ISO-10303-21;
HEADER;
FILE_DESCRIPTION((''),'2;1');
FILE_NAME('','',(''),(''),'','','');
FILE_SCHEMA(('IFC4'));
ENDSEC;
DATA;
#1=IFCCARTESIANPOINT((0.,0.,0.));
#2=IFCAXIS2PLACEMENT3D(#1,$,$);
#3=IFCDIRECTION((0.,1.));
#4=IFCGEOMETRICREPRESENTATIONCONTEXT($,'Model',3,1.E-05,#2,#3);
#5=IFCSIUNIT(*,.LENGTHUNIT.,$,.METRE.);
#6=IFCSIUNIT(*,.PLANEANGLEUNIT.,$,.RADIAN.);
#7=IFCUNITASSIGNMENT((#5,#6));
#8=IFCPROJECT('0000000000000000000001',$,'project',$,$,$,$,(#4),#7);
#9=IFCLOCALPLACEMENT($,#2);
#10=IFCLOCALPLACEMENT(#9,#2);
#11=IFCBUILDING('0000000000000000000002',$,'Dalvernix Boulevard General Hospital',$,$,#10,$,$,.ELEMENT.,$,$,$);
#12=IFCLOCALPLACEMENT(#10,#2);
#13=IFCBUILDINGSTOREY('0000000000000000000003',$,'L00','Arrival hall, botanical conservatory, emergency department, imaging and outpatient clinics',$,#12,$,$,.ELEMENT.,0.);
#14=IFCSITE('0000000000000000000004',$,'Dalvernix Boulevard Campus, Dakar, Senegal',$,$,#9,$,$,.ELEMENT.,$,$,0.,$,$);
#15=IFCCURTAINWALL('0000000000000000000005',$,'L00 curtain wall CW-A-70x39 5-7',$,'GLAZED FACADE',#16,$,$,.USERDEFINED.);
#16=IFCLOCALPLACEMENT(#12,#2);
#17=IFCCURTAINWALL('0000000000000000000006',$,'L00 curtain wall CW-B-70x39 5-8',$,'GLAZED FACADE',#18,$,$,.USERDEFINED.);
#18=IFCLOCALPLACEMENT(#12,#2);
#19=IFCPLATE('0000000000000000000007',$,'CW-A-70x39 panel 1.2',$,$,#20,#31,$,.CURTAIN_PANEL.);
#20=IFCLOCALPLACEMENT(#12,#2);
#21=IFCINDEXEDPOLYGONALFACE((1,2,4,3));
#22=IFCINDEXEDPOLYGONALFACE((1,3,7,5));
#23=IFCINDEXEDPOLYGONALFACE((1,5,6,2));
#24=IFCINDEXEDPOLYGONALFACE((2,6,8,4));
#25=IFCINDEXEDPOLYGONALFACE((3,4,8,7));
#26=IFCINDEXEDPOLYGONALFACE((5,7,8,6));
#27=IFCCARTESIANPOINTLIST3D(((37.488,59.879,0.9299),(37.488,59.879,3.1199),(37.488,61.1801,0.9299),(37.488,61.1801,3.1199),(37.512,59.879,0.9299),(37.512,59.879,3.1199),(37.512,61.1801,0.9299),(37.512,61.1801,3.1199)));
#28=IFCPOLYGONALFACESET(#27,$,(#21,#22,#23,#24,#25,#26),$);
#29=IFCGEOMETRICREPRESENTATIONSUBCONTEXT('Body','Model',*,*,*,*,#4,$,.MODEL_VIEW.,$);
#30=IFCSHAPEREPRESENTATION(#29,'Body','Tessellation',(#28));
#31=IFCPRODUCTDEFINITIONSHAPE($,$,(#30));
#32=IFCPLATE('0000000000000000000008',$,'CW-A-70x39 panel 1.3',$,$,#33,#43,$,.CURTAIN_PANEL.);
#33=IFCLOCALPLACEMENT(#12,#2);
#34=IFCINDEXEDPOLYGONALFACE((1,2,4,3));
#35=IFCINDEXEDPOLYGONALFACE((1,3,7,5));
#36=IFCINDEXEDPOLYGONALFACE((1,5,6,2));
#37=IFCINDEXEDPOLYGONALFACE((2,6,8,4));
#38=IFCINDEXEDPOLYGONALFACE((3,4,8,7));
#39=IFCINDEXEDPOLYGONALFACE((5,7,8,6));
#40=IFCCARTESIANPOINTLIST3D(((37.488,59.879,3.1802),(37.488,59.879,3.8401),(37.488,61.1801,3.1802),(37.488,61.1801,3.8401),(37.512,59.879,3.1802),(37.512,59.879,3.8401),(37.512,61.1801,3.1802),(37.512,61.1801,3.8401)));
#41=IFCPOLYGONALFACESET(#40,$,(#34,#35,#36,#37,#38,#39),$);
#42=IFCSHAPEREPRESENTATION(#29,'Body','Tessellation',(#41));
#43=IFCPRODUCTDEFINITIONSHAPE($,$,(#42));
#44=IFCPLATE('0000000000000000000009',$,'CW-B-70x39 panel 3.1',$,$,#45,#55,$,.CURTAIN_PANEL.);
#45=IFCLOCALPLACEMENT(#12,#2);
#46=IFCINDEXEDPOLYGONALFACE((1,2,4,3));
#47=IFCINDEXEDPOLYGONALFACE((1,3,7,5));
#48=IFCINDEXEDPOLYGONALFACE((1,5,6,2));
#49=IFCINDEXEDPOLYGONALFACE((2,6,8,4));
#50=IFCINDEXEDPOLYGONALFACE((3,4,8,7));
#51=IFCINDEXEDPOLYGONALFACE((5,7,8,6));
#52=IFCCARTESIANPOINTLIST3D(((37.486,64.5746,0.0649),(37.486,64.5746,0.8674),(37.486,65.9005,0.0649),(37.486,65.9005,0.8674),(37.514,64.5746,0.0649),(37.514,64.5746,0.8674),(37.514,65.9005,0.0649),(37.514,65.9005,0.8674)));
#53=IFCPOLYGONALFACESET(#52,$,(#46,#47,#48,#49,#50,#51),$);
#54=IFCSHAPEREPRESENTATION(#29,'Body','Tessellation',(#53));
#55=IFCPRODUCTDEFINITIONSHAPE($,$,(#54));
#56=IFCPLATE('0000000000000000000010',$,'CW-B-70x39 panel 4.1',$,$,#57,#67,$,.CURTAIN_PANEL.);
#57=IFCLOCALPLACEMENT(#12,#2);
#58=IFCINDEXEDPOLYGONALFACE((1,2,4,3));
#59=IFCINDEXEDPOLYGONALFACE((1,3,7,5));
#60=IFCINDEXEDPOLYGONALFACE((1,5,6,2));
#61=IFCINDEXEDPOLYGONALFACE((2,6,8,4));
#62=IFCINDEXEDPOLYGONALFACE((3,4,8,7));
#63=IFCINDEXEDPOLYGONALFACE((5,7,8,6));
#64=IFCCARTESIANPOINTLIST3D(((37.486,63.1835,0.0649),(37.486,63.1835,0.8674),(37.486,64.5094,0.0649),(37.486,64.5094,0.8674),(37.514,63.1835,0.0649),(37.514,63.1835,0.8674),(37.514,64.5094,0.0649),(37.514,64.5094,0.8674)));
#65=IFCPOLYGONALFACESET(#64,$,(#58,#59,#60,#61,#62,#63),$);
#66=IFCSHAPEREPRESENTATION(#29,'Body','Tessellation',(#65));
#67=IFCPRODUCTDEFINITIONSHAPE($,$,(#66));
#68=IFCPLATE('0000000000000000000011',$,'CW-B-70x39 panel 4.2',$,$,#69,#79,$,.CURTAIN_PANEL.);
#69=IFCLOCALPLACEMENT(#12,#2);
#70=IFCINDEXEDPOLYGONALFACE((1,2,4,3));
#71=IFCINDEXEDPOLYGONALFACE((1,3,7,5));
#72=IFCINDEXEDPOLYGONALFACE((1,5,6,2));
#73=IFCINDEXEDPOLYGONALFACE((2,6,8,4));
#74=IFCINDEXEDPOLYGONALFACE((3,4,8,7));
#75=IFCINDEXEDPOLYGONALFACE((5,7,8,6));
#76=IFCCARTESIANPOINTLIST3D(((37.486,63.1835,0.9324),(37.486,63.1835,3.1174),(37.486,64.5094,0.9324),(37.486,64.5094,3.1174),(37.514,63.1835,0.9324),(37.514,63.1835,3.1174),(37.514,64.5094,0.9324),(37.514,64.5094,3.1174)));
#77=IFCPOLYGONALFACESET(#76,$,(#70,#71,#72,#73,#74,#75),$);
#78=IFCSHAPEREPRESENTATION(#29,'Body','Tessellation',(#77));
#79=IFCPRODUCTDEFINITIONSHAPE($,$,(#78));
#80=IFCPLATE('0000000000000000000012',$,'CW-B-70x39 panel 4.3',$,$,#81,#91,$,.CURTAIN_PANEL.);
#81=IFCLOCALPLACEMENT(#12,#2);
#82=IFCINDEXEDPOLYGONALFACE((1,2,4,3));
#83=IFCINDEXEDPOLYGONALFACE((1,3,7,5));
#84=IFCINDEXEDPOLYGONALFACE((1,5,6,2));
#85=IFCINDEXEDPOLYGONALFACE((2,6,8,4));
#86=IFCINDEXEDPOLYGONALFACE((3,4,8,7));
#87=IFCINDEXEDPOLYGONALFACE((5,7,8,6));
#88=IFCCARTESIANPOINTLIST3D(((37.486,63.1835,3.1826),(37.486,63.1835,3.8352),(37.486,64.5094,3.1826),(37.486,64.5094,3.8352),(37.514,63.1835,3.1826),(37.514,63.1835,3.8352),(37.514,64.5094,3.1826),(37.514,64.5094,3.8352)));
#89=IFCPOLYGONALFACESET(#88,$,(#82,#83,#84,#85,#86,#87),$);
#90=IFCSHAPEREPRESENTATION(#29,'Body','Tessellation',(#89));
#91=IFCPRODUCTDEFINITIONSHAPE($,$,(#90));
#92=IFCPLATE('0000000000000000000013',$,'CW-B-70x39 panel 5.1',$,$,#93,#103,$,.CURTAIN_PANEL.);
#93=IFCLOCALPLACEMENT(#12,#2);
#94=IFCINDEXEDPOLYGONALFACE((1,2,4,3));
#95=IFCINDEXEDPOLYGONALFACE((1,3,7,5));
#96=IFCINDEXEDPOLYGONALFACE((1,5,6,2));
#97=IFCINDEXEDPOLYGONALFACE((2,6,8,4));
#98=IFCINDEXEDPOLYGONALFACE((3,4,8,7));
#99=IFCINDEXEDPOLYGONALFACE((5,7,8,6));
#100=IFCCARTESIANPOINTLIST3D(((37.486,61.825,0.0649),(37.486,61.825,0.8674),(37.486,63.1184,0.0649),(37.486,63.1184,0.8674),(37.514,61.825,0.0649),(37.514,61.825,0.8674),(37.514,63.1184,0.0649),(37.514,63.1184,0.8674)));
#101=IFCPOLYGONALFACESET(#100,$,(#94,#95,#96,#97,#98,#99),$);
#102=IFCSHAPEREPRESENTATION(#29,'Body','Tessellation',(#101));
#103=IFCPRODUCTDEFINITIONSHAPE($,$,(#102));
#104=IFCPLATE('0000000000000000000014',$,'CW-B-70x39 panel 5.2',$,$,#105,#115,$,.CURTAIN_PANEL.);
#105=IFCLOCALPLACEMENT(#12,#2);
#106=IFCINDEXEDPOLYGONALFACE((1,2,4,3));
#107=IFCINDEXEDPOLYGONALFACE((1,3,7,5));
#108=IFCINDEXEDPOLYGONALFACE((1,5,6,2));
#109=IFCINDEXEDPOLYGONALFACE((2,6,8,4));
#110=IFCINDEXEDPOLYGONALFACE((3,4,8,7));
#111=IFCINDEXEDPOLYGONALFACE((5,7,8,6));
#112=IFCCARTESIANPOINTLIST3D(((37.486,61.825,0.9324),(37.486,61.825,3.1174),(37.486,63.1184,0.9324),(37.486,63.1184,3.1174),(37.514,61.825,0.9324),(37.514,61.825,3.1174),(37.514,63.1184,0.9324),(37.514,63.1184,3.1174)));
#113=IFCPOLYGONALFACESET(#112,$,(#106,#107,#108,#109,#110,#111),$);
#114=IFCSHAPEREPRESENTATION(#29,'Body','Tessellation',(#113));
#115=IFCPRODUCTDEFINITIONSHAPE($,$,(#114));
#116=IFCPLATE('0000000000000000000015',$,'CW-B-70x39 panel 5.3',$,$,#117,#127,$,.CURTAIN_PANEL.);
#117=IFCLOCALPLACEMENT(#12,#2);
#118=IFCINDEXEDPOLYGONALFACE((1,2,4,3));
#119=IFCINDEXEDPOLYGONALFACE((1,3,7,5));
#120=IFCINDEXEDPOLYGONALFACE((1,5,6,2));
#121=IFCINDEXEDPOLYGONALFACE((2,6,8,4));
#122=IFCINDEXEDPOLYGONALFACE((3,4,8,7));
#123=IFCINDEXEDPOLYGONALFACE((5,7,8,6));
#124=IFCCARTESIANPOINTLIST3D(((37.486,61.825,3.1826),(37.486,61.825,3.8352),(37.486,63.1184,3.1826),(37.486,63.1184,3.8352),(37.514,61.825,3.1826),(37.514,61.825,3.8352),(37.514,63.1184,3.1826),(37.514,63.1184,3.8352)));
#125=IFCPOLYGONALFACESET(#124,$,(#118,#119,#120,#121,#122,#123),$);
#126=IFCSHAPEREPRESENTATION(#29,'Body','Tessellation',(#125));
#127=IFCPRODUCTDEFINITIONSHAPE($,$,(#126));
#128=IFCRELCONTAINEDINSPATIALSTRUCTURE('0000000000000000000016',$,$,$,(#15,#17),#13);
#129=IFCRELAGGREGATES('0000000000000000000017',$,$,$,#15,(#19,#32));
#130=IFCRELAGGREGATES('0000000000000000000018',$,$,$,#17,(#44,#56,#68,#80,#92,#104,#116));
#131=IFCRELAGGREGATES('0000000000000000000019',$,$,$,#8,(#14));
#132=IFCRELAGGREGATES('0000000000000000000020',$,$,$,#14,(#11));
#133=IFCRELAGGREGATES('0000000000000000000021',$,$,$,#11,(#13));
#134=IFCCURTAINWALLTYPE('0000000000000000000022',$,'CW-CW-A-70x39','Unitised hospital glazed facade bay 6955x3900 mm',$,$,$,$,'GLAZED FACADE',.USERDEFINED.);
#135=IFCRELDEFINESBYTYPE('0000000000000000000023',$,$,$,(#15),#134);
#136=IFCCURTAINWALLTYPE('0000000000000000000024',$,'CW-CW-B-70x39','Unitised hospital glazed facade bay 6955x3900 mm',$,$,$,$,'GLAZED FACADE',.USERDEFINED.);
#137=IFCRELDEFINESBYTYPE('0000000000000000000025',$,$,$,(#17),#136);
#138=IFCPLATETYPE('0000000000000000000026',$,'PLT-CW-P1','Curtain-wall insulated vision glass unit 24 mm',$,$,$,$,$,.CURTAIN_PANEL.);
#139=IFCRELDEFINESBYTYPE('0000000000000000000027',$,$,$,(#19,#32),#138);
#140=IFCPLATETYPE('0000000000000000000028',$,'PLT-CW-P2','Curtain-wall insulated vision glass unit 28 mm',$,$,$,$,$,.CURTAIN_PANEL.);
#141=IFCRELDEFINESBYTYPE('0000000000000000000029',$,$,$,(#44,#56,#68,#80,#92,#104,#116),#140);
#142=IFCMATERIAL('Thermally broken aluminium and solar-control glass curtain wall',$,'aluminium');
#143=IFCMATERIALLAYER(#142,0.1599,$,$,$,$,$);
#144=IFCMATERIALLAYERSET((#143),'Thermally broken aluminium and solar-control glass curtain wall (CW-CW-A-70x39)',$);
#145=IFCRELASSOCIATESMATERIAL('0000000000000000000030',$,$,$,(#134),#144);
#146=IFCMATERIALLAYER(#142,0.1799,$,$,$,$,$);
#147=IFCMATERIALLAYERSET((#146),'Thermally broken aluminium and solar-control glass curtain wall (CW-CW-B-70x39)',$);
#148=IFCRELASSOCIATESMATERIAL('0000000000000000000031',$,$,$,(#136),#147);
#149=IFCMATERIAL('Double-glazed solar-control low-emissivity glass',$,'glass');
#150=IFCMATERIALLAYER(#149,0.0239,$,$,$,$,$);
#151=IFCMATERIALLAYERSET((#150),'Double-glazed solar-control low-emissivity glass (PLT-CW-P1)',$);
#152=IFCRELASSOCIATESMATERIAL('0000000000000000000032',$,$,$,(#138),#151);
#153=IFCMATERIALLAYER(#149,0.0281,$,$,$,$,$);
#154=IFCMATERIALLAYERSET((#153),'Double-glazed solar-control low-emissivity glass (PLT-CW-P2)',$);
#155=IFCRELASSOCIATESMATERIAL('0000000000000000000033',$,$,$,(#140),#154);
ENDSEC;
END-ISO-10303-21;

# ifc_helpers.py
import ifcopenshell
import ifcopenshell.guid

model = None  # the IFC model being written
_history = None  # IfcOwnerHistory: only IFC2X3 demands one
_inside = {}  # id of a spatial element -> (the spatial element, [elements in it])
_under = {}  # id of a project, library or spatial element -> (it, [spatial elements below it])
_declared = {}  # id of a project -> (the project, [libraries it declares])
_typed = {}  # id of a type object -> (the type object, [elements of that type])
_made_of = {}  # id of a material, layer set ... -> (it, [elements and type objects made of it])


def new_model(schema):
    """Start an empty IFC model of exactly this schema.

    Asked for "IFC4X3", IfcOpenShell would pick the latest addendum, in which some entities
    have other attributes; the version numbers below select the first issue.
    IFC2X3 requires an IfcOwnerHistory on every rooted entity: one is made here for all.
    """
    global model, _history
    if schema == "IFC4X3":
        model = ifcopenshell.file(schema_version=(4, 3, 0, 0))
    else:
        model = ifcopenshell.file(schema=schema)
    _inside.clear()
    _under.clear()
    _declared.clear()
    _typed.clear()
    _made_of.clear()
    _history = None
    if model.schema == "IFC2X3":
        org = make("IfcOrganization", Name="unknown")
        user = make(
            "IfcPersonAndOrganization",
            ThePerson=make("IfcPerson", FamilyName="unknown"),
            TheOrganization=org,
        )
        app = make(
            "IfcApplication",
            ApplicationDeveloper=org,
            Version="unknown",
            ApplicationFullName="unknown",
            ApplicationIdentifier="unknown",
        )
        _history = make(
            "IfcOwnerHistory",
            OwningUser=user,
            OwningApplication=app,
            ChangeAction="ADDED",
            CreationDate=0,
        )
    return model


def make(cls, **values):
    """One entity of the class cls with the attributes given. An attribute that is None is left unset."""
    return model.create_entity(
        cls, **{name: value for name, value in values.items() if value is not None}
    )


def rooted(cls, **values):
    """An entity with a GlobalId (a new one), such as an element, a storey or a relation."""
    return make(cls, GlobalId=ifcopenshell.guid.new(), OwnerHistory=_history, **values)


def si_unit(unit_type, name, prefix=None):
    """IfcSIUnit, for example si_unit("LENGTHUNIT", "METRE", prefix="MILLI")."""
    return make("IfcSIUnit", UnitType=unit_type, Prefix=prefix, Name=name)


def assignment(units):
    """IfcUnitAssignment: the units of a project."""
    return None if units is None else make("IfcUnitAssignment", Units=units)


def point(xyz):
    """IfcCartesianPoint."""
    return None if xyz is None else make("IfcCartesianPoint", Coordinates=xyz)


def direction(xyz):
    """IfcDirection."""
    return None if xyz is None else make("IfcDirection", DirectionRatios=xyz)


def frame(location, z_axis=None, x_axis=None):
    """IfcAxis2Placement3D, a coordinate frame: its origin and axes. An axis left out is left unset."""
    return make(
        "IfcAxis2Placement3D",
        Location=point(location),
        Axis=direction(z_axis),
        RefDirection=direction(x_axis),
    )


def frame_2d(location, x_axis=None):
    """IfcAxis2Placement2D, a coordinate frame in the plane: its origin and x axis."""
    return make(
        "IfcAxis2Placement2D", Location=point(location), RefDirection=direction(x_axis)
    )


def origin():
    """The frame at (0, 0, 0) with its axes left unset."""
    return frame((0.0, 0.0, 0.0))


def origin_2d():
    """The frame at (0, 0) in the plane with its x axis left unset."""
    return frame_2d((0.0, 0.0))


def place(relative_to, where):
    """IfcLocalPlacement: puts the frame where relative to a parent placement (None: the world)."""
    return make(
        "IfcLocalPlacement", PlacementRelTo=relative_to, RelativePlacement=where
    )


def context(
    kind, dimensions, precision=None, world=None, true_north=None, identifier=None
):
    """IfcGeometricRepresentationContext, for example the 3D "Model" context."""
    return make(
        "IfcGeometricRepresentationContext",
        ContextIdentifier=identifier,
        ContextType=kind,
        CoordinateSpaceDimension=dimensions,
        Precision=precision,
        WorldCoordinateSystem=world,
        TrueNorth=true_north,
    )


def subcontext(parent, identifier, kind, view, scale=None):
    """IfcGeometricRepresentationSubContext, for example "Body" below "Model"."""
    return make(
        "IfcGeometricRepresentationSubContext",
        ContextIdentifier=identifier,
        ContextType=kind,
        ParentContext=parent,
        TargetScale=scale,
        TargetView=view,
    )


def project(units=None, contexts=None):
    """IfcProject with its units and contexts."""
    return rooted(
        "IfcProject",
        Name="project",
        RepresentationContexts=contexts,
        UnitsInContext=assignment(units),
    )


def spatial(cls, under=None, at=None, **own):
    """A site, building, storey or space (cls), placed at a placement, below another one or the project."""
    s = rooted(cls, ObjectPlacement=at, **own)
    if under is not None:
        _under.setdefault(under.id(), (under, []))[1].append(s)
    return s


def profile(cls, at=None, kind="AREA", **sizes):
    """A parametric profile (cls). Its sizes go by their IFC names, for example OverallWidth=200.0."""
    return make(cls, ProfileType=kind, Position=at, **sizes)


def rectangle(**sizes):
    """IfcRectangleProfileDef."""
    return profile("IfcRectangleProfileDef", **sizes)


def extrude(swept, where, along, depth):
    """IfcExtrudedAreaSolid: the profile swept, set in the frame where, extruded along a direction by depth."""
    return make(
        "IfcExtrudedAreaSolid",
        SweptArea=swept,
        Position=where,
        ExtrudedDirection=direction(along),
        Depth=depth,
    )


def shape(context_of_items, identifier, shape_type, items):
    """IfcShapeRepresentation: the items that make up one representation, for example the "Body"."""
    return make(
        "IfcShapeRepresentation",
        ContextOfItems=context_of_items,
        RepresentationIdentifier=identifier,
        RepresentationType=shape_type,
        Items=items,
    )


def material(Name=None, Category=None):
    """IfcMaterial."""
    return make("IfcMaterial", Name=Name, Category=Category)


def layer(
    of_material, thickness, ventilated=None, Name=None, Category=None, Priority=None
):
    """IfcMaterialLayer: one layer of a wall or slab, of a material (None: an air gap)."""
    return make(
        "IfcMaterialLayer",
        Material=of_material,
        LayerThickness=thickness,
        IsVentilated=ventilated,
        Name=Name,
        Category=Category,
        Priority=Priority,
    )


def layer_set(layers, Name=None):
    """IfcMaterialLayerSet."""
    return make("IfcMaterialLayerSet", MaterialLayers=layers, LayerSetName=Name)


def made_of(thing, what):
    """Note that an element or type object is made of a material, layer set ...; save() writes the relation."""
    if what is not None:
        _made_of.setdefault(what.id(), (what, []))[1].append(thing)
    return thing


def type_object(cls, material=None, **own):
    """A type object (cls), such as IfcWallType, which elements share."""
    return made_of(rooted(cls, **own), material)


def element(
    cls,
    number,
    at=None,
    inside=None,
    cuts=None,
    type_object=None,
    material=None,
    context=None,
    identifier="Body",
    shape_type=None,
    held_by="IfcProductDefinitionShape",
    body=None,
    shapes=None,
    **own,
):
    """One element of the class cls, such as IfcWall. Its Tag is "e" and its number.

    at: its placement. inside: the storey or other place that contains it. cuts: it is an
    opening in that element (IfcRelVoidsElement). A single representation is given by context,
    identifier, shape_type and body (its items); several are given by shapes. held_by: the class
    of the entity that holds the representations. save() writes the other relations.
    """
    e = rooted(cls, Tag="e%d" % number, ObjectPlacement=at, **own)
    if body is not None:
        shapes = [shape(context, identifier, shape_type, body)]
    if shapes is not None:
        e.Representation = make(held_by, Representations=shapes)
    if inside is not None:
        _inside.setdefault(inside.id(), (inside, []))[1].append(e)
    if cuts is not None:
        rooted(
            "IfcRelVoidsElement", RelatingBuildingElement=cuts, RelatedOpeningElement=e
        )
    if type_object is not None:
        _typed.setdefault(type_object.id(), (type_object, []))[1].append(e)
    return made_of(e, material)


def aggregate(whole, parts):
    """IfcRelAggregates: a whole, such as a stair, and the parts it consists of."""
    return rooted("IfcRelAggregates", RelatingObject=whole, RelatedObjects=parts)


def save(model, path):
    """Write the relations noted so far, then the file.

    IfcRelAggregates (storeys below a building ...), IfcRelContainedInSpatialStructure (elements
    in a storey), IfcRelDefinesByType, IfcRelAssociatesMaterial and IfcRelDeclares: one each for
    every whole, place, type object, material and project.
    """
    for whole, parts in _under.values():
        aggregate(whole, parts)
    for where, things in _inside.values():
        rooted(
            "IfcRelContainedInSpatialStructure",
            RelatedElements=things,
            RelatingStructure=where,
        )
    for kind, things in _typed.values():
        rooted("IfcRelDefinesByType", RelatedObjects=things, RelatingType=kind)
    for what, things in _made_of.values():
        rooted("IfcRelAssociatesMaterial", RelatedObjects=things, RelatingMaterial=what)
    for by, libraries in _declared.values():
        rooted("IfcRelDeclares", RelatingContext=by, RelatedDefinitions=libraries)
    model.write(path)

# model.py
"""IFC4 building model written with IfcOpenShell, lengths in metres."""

from ifc_helpers import new_model, si_unit, direction, frame, origin, origin_2d, place, context, subcontext, project, spatial, rectangle, extrude, material, layer, layer_set, type_object, element, aggregate, save


model = new_model("IFC4")

# Units and contexts
model_context = context("Model", 3, precision=1e-05, world=origin(), true_north=direction((0.0, 1.0)))
body_context = subcontext(model_context, "Body", "Model", "MODEL_VIEW")
ifc_project = project(units=[si_unit("LENGTHUNIT", "METRE"), si_unit("PLANEANGLEUNIT", "RADIAN")], contexts=[model_context])

# Site, building, storey
site_placement = place(None, origin())
site = spatial("IfcSite", under=ifc_project, at=site_placement, Name="Dalvernix Boulevard Campus, Dakar, Senegal", CompositionType="ELEMENT", RefElevation=0.0)
building_placement = place(site_placement, origin())
building = spatial("IfcBuilding", under=site, at=building_placement, Name="Dalvernix Boulevard General Hospital", CompositionType="ELEMENT")
storey_placement = place(building_placement, origin())
storey = spatial("IfcBuildingStorey", under=building, at=storey_placement, Name="L00", Description="Arrival hall, botanical conservatory, emergency department, imaging and outpatient clinics", CompositionType="ELEMENT", Elevation=0.0)

# Curtain walls
ifc_material_1 = material(Name="Thermally broken aluminium and solar-control glass curtain wall", Category="aluminium")
ifc_layer_1 = layer(ifc_material_1, 0.1599)
ifc_layer_set_1 = layer_set([ifc_layer_1], Name="Thermally broken aluminium and solar-control glass curtain wall (CW-CW-A-70x39)")
curtain_wall_type_1 = type_object("IfcCurtainWallType", Name="CW-CW-A-70x39", Description="Unitised hospital glazed facade bay 6955x3900 mm", ElementType="GLAZED FACADE", PredefinedType="USERDEFINED", material=ifc_layer_set_1)
curtain_wall_1_placement = place(storey_placement, origin())
curtain_wall_1 = element("IfcCurtainWall", 1, at=curtain_wall_1_placement, inside=storey, type_object=curtain_wall_type_1, Name="L00 curtain wall CW-A-70x39 5-7", ObjectType="GLAZED FACADE", PredefinedType="USERDEFINED")
ifc_layer_2 = layer(ifc_material_1, 0.1799)
ifc_layer_set_2 = layer_set([ifc_layer_2], Name="Thermally broken aluminium and solar-control glass curtain wall (CW-CW-B-70x39)")
curtain_wall_type_2 = type_object("IfcCurtainWallType", Name="CW-CW-B-70x39", Description="Unitised hospital glazed facade bay 6955x3900 mm", ElementType="GLAZED FACADE", PredefinedType="USERDEFINED", material=ifc_layer_set_2)
curtain_wall_2_placement = place(storey_placement, origin())
curtain_wall_2 = element("IfcCurtainWall", 2, at=curtain_wall_2_placement, inside=storey, type_object=curtain_wall_type_2, Name="L00 curtain wall CW-B-70x39 5-8", ObjectType="GLAZED FACADE", PredefinedType="USERDEFINED")

# Plates
ifc_material_2 = material(Name="Double-glazed solar-control low-emissivity glass", Category="glass")
ifc_layer_3 = layer(ifc_material_2, 0.0239)
ifc_layer_set_3 = layer_set([ifc_layer_3], Name="Double-glazed solar-control low-emissivity glass (PLT-CW-P1)")
plate_type_1 = type_object("IfcPlateType", Name="PLT-CW-P1", Description="Curtain-wall insulated vision glass unit 24 mm", PredefinedType="CURTAIN_PANEL", material=ifc_layer_set_3)
plate_1_placement = place(storey_placement, frame((37.5, 60.5295, 0.9299), z_axis=(0.0, 0.0, 1.0), x_axis=(0.0, -1.0, 0.0)))
plate_1 = element("IfcPlate", 3, at=plate_1_placement, type_object=plate_type_1, Name="CW-A-70x39 panel 1.2", PredefinedType="CURTAIN_PANEL", context=body_context, shape_type="SweptSolid", body=[
    extrude(rectangle(XDim=1.301, YDim=0.0239, at=origin_2d()), origin(), (0.0, 0.0, 1.0), 2.1899),
])
plate_2_placement = place(storey_placement, frame((37.5, 60.5295, 3.1802), z_axis=(0.0, 0.0, 1.0), x_axis=(0.0, -1.0, 0.0)))
plate_2 = element("IfcPlate", 4, at=plate_2_placement, type_object=plate_type_1, Name="CW-A-70x39 panel 1.3", PredefinedType="CURTAIN_PANEL", context=body_context, shape_type="SweptSolid", body=[
    extrude(rectangle(XDim=1.301, YDim=0.0239, at=origin_2d()), origin(), (0.0, 0.0, 1.0), 0.6599),
])
aggregate(curtain_wall_1, [plate_1, plate_2])
ifc_layer_4 = layer(ifc_material_2, 0.0281)
ifc_layer_set_4 = layer_set([ifc_layer_4], Name="Double-glazed solar-control low-emissivity glass (PLT-CW-P2)")
plate_type_2 = type_object("IfcPlateType", Name="PLT-CW-P2", Description="Curtain-wall insulated vision glass unit 28 mm", PredefinedType="CURTAIN_PANEL", material=ifc_layer_set_4)
plate_3_placement = place(storey_placement, frame((37.5, 65.2375, 0.0649), z_axis=(0.0, 0.0, 1.0), x_axis=(0.0, -1.0, 0.0)))
plate_3 = element("IfcPlate", 5, at=plate_3_placement, type_object=plate_type_2, Name="CW-B-70x39 panel 3.1", PredefinedType="CURTAIN_PANEL", context=body_context, shape_type="SweptSolid", body=[
    extrude(rectangle(XDim=1.3259, YDim=0.0281, at=origin_2d()), origin(), (0.0, 0.0, 1.0), 0.8025),
])
plate_4_placement = place(storey_placement, frame((37.5, 63.8464, 0.0649), z_axis=(0.0, 0.0, 1.0), x_axis=(0.0, -1.0, 0.0)))
plate_4 = element("IfcPlate", 6, at=plate_4_placement, type_object=plate_type_2, Name="CW-B-70x39 panel 4.1", PredefinedType="CURTAIN_PANEL", context=body_context, shape_type="SweptSolid", body=[
    extrude(rectangle(XDim=1.3259, YDim=0.0281, at=origin_2d()), origin(), (0.0, 0.0, 1.0), 0.8025),
])
plate_5_placement = place(storey_placement, frame((37.5, 63.8464, 0.9324), z_axis=(0.0, 0.0, 1.0), x_axis=(0.0, -1.0, 0.0)))
plate_5 = element("IfcPlate", 7, at=plate_5_placement, type_object=plate_type_2, Name="CW-B-70x39 panel 4.2", PredefinedType="CURTAIN_PANEL", context=body_context, shape_type="SweptSolid", body=[
    extrude(rectangle(XDim=1.3259, YDim=0.0281, at=origin_2d()), origin(), (0.0, 0.0, 1.0), 2.1851),
])
plate_6_placement = place(storey_placement, frame((37.5, 63.8464, 3.1826), z_axis=(0.0, 0.0, 1.0), x_axis=(0.0, -1.0, 0.0)))
plate_6 = element("IfcPlate", 8, at=plate_6_placement, type_object=plate_type_2, Name="CW-B-70x39 panel 4.3", PredefinedType="CURTAIN_PANEL", context=body_context, shape_type="SweptSolid", body=[
    extrude(rectangle(XDim=1.3259, YDim=0.0281, at=origin_2d()), origin(), (0.0, 0.0, 1.0), 0.6526),
])
plate_7_placement = place(storey_placement, frame((37.5, 62.4717, 0.0649), z_axis=(0.0, 0.0, 1.0), x_axis=(0.0, -1.0, 0.0)))
plate_7 = element("IfcPlate", 9, at=plate_7_placement, type_object=plate_type_2, Name="CW-B-70x39 panel 5.1", PredefinedType="CURTAIN_PANEL", context=body_context, shape_type="SweptSolid", body=[
    extrude(rectangle(XDim=1.2935, YDim=0.0281, at=origin_2d()), origin(), (0.0, 0.0, 1.0), 0.8025),
])
plate_8_placement = place(storey_placement, frame((37.5, 62.4717, 0.9324), z_axis=(0.0, 0.0, 1.0), x_axis=(0.0, -1.0, 0.0)))
plate_8 = element("IfcPlate", 10, at=plate_8_placement, type_object=plate_type_2, Name="CW-B-70x39 panel 5.2", PredefinedType="CURTAIN_PANEL", context=body_context, shape_type="SweptSolid", body=[
    extrude(rectangle(XDim=1.2935, YDim=0.0281, at=origin_2d()), origin(), (0.0, 0.0, 1.0), 2.1851),
])
plate_9_placement = place(storey_placement, frame((37.5, 62.4717, 3.1826), z_axis=(0.0, 0.0, 1.0), x_axis=(0.0, -1.0, 0.0)))
plate_9 = element("IfcPlate", 11, at=plate_9_placement, type_object=plate_type_2, Name="CW-B-70x39 panel 5.3", PredefinedType="CURTAIN_PANEL", context=body_context, shape_type="SweptSolid", body=[
    extrude(rectangle(XDim=1.2935, YDim=0.0281, at=origin_2d()), origin(), (0.0, 0.0, 1.0), 0.6526),
])
aggregate(curtain_wall_2, [plate_3, plate_4, plate_5, plate_6, plate_7, plate_8, plate_9])

save(model, "model.ifc")
